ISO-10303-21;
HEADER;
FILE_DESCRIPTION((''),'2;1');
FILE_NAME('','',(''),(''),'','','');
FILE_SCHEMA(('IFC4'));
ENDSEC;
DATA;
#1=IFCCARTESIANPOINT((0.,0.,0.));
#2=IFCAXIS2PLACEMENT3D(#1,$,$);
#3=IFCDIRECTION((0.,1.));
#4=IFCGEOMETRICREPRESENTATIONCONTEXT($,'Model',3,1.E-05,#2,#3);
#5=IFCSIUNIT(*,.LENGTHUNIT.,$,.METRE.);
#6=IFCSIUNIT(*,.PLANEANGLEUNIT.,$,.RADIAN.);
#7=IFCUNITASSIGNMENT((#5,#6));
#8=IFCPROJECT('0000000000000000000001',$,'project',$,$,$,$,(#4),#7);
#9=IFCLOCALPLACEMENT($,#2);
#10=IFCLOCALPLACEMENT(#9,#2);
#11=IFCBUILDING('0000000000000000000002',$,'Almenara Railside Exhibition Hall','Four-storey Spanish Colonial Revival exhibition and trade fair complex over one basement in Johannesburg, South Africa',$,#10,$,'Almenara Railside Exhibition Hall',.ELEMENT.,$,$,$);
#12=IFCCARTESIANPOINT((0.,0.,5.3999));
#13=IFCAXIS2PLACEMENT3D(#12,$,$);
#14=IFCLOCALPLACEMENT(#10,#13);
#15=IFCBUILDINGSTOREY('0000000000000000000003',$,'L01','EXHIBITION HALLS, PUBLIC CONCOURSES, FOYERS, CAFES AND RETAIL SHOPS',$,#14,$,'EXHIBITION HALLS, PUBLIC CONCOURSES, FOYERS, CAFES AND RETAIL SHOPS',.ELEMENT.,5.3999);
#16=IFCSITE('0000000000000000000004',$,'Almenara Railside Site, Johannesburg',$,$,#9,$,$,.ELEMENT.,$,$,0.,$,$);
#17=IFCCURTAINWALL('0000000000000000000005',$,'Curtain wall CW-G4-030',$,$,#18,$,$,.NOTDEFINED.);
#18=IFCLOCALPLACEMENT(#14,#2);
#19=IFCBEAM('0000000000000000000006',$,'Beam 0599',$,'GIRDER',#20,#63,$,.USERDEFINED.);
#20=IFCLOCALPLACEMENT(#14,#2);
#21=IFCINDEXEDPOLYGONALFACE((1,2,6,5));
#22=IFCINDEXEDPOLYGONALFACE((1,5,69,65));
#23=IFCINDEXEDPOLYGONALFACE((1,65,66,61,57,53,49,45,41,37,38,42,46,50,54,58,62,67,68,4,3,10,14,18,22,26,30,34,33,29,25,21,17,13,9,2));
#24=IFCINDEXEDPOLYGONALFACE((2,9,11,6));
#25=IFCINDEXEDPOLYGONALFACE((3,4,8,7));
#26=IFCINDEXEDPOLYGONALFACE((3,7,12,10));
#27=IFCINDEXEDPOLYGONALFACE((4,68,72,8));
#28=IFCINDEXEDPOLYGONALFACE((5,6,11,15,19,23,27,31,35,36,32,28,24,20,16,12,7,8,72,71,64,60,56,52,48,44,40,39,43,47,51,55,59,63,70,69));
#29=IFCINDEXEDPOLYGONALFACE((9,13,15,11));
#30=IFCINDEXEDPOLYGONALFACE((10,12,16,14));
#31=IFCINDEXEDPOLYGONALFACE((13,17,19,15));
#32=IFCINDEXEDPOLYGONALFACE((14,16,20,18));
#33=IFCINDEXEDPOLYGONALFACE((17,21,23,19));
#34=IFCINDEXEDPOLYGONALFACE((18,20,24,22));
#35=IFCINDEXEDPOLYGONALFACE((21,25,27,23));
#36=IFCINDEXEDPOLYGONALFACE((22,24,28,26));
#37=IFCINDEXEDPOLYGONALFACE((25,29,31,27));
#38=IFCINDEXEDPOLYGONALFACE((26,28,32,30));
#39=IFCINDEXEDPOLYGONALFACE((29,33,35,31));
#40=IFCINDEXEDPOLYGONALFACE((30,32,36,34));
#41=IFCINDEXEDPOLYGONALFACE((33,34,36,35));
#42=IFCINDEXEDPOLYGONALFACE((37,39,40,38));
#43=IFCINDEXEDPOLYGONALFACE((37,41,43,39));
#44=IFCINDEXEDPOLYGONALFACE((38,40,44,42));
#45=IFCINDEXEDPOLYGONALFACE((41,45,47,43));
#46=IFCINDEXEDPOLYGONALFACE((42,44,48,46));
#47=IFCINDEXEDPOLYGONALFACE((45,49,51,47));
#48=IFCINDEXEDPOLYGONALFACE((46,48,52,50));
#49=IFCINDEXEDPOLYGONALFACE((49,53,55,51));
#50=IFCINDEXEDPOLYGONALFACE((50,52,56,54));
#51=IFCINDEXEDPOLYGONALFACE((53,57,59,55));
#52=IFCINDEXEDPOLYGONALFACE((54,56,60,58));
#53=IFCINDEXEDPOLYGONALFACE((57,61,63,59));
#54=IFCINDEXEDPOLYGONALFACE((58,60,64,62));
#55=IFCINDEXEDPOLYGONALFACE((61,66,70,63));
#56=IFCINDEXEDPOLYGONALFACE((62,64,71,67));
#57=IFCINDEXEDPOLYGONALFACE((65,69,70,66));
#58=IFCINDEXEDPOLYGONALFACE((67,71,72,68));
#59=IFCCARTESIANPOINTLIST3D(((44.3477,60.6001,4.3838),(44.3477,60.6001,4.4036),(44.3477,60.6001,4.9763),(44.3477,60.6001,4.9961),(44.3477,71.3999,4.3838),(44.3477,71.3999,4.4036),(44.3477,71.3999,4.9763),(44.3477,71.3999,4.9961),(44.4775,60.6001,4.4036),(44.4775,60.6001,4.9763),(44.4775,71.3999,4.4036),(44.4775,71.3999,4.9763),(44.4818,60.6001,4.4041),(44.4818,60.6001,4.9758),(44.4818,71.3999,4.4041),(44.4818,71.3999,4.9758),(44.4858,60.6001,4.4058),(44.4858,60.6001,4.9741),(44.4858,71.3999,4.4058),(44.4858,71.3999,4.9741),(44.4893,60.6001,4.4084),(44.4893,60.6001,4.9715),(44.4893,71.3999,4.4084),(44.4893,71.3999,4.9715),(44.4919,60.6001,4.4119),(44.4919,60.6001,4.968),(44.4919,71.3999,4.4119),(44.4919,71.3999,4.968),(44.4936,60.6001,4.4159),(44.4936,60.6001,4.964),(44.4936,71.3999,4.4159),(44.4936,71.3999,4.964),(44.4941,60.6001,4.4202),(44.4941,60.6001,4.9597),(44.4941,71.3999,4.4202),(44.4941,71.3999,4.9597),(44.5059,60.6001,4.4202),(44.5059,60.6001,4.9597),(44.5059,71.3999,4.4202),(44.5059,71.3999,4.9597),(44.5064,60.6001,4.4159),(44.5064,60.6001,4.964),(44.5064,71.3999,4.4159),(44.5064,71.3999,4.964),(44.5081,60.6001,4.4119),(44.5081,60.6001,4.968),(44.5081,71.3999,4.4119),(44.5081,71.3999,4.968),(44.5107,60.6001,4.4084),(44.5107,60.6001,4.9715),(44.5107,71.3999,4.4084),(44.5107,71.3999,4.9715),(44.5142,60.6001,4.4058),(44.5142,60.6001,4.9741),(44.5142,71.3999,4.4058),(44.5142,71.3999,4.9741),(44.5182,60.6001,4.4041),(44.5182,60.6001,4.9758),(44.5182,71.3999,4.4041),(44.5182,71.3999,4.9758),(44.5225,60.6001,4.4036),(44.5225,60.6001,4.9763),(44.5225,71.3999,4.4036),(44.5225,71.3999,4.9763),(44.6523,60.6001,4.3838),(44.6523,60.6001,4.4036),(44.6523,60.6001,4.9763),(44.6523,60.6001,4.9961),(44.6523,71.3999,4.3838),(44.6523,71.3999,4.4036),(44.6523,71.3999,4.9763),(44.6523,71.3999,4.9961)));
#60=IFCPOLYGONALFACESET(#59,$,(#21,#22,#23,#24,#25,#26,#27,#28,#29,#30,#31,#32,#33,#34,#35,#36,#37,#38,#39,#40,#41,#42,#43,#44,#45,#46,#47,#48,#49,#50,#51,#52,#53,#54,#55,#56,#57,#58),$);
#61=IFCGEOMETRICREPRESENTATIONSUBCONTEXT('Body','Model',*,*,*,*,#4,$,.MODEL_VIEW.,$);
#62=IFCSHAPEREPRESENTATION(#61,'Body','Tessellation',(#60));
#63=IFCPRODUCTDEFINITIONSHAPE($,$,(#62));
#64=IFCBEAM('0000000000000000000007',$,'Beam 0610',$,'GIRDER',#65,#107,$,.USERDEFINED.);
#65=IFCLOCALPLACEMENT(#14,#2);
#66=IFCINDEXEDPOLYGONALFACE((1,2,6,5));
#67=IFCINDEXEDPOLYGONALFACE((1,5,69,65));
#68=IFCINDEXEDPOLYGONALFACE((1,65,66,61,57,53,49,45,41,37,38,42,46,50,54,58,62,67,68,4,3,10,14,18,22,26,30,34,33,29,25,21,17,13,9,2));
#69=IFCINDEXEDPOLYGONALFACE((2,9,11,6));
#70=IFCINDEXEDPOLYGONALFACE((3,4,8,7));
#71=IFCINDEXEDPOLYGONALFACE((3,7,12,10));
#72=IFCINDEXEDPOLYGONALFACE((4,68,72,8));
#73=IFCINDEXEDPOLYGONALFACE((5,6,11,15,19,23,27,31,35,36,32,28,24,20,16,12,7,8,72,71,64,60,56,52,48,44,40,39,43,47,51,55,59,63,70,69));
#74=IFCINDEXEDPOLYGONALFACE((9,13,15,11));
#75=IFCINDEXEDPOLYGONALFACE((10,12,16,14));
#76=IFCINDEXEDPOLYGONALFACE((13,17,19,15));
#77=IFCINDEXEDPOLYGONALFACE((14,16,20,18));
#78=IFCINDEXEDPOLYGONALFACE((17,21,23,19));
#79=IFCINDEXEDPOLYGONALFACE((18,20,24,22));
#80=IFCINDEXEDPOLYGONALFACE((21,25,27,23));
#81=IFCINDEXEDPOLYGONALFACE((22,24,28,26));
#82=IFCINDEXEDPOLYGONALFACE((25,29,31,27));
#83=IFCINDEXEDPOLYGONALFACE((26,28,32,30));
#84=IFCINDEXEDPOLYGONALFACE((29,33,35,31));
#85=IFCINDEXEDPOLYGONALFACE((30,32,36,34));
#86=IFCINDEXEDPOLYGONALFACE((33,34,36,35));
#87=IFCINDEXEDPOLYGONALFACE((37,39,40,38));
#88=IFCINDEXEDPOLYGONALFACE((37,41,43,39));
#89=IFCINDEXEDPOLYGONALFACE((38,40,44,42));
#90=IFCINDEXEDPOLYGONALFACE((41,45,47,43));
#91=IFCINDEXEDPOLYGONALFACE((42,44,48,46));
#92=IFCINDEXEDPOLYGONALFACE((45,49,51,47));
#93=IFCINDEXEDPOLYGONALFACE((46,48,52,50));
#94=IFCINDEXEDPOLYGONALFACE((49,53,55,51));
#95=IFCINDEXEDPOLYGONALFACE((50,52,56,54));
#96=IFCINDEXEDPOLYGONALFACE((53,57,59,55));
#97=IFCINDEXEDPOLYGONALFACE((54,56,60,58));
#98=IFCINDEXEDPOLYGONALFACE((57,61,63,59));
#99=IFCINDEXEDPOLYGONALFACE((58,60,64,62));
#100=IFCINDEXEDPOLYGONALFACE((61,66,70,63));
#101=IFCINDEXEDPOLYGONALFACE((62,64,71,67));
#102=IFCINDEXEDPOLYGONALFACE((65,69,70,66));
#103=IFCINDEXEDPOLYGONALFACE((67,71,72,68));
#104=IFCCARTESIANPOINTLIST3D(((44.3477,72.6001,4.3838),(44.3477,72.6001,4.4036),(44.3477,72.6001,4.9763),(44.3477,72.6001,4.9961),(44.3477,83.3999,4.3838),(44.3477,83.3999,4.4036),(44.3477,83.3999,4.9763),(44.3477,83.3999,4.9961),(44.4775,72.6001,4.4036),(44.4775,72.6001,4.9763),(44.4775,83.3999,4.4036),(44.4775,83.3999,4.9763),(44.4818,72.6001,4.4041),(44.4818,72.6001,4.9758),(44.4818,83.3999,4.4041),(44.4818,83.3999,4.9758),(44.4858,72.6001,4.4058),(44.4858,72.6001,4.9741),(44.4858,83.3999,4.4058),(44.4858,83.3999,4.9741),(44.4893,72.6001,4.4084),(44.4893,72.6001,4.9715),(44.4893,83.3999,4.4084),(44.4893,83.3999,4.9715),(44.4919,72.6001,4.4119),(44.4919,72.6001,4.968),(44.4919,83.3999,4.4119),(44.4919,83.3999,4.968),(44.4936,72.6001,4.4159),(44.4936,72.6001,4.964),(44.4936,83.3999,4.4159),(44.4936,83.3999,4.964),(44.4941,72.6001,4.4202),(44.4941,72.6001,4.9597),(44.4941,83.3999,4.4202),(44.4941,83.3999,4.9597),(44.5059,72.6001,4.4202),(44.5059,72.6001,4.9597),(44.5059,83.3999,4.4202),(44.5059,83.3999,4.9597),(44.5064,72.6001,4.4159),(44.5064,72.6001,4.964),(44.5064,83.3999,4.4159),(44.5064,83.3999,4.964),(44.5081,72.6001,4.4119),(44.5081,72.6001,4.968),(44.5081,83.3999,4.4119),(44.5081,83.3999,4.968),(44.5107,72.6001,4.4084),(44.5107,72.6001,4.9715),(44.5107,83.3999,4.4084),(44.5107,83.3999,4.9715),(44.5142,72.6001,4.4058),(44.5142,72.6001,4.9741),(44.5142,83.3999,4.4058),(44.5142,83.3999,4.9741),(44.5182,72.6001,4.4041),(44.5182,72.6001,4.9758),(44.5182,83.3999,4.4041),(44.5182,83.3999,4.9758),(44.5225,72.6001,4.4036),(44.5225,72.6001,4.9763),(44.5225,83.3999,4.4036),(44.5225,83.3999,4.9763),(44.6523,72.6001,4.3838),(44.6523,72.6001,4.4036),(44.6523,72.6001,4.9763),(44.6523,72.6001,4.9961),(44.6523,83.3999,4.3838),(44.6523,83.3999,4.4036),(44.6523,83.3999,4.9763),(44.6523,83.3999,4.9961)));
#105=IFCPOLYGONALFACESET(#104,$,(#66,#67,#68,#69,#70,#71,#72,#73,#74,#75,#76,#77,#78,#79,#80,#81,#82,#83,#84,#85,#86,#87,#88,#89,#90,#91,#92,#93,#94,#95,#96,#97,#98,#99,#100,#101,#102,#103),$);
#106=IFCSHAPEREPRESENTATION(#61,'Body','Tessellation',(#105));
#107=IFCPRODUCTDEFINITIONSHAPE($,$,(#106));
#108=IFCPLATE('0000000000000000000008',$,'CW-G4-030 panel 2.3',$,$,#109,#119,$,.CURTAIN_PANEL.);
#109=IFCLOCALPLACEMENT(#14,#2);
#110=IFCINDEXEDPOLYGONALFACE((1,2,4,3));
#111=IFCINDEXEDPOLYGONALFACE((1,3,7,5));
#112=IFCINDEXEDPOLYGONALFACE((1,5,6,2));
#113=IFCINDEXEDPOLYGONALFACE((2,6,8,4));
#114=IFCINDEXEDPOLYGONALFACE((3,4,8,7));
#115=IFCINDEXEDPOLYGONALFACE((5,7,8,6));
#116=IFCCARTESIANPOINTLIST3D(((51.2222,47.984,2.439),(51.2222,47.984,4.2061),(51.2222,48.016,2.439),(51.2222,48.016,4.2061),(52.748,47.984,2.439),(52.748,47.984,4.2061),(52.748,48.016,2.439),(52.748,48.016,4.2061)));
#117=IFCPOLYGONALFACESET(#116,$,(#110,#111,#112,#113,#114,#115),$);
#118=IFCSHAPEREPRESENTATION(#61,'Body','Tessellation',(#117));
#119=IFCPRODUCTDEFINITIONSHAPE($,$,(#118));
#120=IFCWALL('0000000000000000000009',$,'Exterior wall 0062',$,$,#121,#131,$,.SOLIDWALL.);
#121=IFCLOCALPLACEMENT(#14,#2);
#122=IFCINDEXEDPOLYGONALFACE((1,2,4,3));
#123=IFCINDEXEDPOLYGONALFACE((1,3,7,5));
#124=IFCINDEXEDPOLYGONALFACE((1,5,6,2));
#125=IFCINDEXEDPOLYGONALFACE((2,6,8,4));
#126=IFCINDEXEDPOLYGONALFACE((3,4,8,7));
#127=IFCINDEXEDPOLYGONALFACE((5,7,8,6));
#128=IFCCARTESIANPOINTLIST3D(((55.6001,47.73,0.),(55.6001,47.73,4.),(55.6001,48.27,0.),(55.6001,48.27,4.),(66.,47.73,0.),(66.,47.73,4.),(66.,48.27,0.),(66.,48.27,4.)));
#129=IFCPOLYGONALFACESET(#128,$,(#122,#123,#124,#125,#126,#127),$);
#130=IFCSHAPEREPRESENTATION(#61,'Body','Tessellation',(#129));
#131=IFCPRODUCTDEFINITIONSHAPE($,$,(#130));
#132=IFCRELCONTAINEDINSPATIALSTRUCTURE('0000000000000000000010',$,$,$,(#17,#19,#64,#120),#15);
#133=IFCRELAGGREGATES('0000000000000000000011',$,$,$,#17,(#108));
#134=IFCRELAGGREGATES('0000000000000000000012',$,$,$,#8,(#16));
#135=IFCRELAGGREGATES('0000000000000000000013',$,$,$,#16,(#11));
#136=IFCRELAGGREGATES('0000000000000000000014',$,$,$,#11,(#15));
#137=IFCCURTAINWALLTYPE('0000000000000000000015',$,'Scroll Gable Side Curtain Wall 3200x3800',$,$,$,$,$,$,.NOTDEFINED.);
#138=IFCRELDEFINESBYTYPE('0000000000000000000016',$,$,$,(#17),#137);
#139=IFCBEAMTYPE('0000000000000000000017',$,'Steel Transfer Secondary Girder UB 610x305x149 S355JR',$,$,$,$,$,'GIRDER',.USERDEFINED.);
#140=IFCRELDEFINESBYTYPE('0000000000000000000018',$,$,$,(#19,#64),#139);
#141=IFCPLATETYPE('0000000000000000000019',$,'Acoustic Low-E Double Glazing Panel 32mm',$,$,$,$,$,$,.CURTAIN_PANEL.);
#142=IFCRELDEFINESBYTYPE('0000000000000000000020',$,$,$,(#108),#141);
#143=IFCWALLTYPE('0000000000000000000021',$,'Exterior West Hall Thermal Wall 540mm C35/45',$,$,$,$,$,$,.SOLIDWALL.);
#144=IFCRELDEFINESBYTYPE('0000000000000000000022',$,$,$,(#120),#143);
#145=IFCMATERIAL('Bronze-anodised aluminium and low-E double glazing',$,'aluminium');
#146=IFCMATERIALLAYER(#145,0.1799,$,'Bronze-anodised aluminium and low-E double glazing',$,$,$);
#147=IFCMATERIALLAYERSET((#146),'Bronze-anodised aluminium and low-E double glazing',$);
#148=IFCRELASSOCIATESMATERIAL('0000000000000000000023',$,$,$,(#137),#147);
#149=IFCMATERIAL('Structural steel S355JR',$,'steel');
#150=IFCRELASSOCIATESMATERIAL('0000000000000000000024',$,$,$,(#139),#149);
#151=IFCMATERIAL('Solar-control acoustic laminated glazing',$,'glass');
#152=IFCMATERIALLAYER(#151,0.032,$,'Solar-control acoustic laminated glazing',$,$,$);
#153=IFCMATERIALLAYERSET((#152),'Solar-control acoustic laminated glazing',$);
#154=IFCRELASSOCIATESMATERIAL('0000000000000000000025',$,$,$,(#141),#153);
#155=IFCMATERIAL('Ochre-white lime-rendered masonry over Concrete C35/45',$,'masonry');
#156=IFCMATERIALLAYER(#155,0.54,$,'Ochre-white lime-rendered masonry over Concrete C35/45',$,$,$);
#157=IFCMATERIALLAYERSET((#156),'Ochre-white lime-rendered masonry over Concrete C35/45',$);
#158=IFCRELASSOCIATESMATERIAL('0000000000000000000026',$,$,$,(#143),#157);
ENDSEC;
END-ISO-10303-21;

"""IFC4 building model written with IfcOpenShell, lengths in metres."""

from ifc_helpers import new_model, si_unit, direction, frame, frame_2d, origin, origin_2d, place, context, subcontext, project, spatial, rectangle, i_section, extrude, material, layer, layer_set, material_profile, profile_set, type_object, element, aggregate, save


model = new_model("IFC4")

# Units and contexts
model_context = context("Model", 3, precision=1e-05, world=origin(), true_north=direction((0.0, 1.0)))
body_context = subcontext(model_context, "Body", "Model", "MODEL_VIEW")
ifc_project = project(units=[si_unit("LENGTHUNIT", "METRE"), si_unit("PLANEANGLEUNIT", "RADIAN")], contexts=[model_context])

# Site, building, storey
site_placement = place(None, origin())
site = spatial("IfcSite", under=ifc_project, at=site_placement, Name="Almenara Railside Site, Johannesburg", CompositionType="ELEMENT", RefElevation=0.0)
building_placement = place(site_placement, origin())
building = spatial("IfcBuilding", under=site, at=building_placement, Name="Almenara Railside Exhibition Hall", Description="Four-storey Spanish Colonial Revival exhibition and trade fair complex over one basement in Johannesburg, South Africa", LongName="Almenara Railside Exhibition Hall", CompositionType="ELEMENT")
storey_placement = place(building_placement, frame((0.0, 0.0, 5.3999)))
storey = spatial("IfcBuildingStorey", under=building, at=storey_placement, Name="L01", Description="EXHIBITION HALLS, PUBLIC CONCOURSES, FOYERS, CAFES AND RETAIL SHOPS", LongName="EXHIBITION HALLS, PUBLIC CONCOURSES, FOYERS, CAFES AND RETAIL SHOPS", CompositionType="ELEMENT", Elevation=5.3999)

# Curtain wall
ifc_material_1 = material(Name="Bronze-anodised aluminium and low-E double glazing", Category="aluminium")
ifc_layer_1 = layer(ifc_material_1, 0.1799, Name="Bronze-anodised aluminium and low-E double glazing")
ifc_layer_set_1 = layer_set([ifc_layer_1], Name="Bronze-anodised aluminium and low-E double glazing")
curtain_wall_type = type_object("IfcCurtainWallType", Name="Scroll Gable Side Curtain Wall 3200x3800", PredefinedType="NOTDEFINED", material=ifc_layer_set_1)
curtain_wall_placement = place(storey_placement, origin())
curtain_wall = element("IfcCurtainWall", 1, at=curtain_wall_placement, inside=storey, type_object=curtain_wall_type, Name="Curtain wall CW-G4-030", PredefinedType="NOTDEFINED")

# Beams
ifc_material_2 = material(Name="Structural steel S355JR", Category="steel")
ifc_material_profile_1 = material_profile(ifc_material_2, i_section(OverallWidth=0.3047, OverallDepth=0.6123, WebThickness=0.0117, FlangeThickness=0.0198, FilletRadius=0.0166, at=origin_2d()), Name="UB 610x305x149")
ifc_profile_set_1 = profile_set([ifc_material_profile_1], Name="Structural steel S355JR")
beam_type_1 = type_object("IfcBeamType", Name="Steel Transfer Secondary Girder UB 610x305x149 S355JR", ElementType="GIRDER", PredefinedType="USERDEFINED", material=ifc_profile_set_1)
for number, where, z_axis, x_axis, name in (
    (2, (44.5, 60.6001, 4.6899), (0.0, 1.0, 0.0), (-1.0, 0.0, 0.0), "Beam 0599"),
    (3, (44.5, 72.6001, 4.6899), (0.0, 1.0, 0.0), (-1.0, 0.0, 0.0), "Beam 0610"),
):
    element("IfcBeam", number, at=place(storey_placement, frame(where, z_axis=z_axis, x_axis=x_axis)), inside=storey, type_object=beam_type_1, Name=name, ObjectType="GIRDER", PredefinedType="USERDEFINED", context=body_context, shape_type="SweptSolid", body=[
        extrude(i_section(OverallWidth=0.3047, OverallDepth=0.6123, WebThickness=0.0117, FlangeThickness=0.0198, FilletRadius=0.0166, at=origin_2d()), origin(), (0.0, 0.0, 1.0), 10.7998),
    ])

# Plate
ifc_material_3 = material(Name="Solar-control acoustic laminated glazing", Category="glass")
ifc_layer_2 = layer(ifc_material_3, 0.032, Name="Solar-control acoustic laminated glazing")
ifc_layer_set_2 = layer_set([ifc_layer_2], Name="Solar-control acoustic laminated glazing")
plate_type = type_object("IfcPlateType", Name="Acoustic Low-E Double Glazing Panel 32mm", PredefinedType="CURTAIN_PANEL", material=ifc_layer_set_2)
plate_placement = place(storey_placement, frame((51.9851, 48.0, 2.439), z_axis=(0.0, 0.0, 1.0), x_axis=(1.0, 0.0, 0.0)))
plate = element("IfcPlate", 4, at=plate_placement, type_object=plate_type, Name="CW-G4-030 panel 2.3", PredefinedType="CURTAIN_PANEL", context=body_context, shape_type="SweptSolid", body=[
    extrude(rectangle(XDim=1.5259, YDim=0.032, at=origin_2d()), origin(), (0.0, 0.0, 1.0), 1.7671),
])
aggregate(curtain_wall, [plate])

# Wall
ifc_material_4 = material(Name="Ochre-white lime-rendered masonry over Concrete C35/45", Category="masonry")
ifc_layer_3 = layer(ifc_material_4, 0.54, Name="Ochre-white lime-rendered masonry over Concrete C35/45")
ifc_layer_set_3 = layer_set([ifc_layer_3], Name="Ochre-white lime-rendered masonry over Concrete C35/45")
wall_type = type_object("IfcWallType", Name="Exterior West Hall Thermal Wall 540mm C35/45", PredefinedType="SOLIDWALL", material=ifc_layer_set_3)
wall_placement = place(storey_placement, frame((55.6001, 48.0, 0.0), z_axis=(0.0, 0.0, 1.0), x_axis=(1.0, 0.0, 0.0)))
element("IfcWall", 5, at=wall_placement, inside=storey, type_object=wall_type, Name="Exterior wall 0062", PredefinedType="SOLIDWALL", context=body_context, shape_type="SweptSolid", body=[
    extrude(rectangle(XDim=10.3999, YDim=0.54, at=frame_2d((5.2, 0.0))), origin(), (0.0, 0.0, 1.0), 4.0),
])

save(model, "model.ifc")
